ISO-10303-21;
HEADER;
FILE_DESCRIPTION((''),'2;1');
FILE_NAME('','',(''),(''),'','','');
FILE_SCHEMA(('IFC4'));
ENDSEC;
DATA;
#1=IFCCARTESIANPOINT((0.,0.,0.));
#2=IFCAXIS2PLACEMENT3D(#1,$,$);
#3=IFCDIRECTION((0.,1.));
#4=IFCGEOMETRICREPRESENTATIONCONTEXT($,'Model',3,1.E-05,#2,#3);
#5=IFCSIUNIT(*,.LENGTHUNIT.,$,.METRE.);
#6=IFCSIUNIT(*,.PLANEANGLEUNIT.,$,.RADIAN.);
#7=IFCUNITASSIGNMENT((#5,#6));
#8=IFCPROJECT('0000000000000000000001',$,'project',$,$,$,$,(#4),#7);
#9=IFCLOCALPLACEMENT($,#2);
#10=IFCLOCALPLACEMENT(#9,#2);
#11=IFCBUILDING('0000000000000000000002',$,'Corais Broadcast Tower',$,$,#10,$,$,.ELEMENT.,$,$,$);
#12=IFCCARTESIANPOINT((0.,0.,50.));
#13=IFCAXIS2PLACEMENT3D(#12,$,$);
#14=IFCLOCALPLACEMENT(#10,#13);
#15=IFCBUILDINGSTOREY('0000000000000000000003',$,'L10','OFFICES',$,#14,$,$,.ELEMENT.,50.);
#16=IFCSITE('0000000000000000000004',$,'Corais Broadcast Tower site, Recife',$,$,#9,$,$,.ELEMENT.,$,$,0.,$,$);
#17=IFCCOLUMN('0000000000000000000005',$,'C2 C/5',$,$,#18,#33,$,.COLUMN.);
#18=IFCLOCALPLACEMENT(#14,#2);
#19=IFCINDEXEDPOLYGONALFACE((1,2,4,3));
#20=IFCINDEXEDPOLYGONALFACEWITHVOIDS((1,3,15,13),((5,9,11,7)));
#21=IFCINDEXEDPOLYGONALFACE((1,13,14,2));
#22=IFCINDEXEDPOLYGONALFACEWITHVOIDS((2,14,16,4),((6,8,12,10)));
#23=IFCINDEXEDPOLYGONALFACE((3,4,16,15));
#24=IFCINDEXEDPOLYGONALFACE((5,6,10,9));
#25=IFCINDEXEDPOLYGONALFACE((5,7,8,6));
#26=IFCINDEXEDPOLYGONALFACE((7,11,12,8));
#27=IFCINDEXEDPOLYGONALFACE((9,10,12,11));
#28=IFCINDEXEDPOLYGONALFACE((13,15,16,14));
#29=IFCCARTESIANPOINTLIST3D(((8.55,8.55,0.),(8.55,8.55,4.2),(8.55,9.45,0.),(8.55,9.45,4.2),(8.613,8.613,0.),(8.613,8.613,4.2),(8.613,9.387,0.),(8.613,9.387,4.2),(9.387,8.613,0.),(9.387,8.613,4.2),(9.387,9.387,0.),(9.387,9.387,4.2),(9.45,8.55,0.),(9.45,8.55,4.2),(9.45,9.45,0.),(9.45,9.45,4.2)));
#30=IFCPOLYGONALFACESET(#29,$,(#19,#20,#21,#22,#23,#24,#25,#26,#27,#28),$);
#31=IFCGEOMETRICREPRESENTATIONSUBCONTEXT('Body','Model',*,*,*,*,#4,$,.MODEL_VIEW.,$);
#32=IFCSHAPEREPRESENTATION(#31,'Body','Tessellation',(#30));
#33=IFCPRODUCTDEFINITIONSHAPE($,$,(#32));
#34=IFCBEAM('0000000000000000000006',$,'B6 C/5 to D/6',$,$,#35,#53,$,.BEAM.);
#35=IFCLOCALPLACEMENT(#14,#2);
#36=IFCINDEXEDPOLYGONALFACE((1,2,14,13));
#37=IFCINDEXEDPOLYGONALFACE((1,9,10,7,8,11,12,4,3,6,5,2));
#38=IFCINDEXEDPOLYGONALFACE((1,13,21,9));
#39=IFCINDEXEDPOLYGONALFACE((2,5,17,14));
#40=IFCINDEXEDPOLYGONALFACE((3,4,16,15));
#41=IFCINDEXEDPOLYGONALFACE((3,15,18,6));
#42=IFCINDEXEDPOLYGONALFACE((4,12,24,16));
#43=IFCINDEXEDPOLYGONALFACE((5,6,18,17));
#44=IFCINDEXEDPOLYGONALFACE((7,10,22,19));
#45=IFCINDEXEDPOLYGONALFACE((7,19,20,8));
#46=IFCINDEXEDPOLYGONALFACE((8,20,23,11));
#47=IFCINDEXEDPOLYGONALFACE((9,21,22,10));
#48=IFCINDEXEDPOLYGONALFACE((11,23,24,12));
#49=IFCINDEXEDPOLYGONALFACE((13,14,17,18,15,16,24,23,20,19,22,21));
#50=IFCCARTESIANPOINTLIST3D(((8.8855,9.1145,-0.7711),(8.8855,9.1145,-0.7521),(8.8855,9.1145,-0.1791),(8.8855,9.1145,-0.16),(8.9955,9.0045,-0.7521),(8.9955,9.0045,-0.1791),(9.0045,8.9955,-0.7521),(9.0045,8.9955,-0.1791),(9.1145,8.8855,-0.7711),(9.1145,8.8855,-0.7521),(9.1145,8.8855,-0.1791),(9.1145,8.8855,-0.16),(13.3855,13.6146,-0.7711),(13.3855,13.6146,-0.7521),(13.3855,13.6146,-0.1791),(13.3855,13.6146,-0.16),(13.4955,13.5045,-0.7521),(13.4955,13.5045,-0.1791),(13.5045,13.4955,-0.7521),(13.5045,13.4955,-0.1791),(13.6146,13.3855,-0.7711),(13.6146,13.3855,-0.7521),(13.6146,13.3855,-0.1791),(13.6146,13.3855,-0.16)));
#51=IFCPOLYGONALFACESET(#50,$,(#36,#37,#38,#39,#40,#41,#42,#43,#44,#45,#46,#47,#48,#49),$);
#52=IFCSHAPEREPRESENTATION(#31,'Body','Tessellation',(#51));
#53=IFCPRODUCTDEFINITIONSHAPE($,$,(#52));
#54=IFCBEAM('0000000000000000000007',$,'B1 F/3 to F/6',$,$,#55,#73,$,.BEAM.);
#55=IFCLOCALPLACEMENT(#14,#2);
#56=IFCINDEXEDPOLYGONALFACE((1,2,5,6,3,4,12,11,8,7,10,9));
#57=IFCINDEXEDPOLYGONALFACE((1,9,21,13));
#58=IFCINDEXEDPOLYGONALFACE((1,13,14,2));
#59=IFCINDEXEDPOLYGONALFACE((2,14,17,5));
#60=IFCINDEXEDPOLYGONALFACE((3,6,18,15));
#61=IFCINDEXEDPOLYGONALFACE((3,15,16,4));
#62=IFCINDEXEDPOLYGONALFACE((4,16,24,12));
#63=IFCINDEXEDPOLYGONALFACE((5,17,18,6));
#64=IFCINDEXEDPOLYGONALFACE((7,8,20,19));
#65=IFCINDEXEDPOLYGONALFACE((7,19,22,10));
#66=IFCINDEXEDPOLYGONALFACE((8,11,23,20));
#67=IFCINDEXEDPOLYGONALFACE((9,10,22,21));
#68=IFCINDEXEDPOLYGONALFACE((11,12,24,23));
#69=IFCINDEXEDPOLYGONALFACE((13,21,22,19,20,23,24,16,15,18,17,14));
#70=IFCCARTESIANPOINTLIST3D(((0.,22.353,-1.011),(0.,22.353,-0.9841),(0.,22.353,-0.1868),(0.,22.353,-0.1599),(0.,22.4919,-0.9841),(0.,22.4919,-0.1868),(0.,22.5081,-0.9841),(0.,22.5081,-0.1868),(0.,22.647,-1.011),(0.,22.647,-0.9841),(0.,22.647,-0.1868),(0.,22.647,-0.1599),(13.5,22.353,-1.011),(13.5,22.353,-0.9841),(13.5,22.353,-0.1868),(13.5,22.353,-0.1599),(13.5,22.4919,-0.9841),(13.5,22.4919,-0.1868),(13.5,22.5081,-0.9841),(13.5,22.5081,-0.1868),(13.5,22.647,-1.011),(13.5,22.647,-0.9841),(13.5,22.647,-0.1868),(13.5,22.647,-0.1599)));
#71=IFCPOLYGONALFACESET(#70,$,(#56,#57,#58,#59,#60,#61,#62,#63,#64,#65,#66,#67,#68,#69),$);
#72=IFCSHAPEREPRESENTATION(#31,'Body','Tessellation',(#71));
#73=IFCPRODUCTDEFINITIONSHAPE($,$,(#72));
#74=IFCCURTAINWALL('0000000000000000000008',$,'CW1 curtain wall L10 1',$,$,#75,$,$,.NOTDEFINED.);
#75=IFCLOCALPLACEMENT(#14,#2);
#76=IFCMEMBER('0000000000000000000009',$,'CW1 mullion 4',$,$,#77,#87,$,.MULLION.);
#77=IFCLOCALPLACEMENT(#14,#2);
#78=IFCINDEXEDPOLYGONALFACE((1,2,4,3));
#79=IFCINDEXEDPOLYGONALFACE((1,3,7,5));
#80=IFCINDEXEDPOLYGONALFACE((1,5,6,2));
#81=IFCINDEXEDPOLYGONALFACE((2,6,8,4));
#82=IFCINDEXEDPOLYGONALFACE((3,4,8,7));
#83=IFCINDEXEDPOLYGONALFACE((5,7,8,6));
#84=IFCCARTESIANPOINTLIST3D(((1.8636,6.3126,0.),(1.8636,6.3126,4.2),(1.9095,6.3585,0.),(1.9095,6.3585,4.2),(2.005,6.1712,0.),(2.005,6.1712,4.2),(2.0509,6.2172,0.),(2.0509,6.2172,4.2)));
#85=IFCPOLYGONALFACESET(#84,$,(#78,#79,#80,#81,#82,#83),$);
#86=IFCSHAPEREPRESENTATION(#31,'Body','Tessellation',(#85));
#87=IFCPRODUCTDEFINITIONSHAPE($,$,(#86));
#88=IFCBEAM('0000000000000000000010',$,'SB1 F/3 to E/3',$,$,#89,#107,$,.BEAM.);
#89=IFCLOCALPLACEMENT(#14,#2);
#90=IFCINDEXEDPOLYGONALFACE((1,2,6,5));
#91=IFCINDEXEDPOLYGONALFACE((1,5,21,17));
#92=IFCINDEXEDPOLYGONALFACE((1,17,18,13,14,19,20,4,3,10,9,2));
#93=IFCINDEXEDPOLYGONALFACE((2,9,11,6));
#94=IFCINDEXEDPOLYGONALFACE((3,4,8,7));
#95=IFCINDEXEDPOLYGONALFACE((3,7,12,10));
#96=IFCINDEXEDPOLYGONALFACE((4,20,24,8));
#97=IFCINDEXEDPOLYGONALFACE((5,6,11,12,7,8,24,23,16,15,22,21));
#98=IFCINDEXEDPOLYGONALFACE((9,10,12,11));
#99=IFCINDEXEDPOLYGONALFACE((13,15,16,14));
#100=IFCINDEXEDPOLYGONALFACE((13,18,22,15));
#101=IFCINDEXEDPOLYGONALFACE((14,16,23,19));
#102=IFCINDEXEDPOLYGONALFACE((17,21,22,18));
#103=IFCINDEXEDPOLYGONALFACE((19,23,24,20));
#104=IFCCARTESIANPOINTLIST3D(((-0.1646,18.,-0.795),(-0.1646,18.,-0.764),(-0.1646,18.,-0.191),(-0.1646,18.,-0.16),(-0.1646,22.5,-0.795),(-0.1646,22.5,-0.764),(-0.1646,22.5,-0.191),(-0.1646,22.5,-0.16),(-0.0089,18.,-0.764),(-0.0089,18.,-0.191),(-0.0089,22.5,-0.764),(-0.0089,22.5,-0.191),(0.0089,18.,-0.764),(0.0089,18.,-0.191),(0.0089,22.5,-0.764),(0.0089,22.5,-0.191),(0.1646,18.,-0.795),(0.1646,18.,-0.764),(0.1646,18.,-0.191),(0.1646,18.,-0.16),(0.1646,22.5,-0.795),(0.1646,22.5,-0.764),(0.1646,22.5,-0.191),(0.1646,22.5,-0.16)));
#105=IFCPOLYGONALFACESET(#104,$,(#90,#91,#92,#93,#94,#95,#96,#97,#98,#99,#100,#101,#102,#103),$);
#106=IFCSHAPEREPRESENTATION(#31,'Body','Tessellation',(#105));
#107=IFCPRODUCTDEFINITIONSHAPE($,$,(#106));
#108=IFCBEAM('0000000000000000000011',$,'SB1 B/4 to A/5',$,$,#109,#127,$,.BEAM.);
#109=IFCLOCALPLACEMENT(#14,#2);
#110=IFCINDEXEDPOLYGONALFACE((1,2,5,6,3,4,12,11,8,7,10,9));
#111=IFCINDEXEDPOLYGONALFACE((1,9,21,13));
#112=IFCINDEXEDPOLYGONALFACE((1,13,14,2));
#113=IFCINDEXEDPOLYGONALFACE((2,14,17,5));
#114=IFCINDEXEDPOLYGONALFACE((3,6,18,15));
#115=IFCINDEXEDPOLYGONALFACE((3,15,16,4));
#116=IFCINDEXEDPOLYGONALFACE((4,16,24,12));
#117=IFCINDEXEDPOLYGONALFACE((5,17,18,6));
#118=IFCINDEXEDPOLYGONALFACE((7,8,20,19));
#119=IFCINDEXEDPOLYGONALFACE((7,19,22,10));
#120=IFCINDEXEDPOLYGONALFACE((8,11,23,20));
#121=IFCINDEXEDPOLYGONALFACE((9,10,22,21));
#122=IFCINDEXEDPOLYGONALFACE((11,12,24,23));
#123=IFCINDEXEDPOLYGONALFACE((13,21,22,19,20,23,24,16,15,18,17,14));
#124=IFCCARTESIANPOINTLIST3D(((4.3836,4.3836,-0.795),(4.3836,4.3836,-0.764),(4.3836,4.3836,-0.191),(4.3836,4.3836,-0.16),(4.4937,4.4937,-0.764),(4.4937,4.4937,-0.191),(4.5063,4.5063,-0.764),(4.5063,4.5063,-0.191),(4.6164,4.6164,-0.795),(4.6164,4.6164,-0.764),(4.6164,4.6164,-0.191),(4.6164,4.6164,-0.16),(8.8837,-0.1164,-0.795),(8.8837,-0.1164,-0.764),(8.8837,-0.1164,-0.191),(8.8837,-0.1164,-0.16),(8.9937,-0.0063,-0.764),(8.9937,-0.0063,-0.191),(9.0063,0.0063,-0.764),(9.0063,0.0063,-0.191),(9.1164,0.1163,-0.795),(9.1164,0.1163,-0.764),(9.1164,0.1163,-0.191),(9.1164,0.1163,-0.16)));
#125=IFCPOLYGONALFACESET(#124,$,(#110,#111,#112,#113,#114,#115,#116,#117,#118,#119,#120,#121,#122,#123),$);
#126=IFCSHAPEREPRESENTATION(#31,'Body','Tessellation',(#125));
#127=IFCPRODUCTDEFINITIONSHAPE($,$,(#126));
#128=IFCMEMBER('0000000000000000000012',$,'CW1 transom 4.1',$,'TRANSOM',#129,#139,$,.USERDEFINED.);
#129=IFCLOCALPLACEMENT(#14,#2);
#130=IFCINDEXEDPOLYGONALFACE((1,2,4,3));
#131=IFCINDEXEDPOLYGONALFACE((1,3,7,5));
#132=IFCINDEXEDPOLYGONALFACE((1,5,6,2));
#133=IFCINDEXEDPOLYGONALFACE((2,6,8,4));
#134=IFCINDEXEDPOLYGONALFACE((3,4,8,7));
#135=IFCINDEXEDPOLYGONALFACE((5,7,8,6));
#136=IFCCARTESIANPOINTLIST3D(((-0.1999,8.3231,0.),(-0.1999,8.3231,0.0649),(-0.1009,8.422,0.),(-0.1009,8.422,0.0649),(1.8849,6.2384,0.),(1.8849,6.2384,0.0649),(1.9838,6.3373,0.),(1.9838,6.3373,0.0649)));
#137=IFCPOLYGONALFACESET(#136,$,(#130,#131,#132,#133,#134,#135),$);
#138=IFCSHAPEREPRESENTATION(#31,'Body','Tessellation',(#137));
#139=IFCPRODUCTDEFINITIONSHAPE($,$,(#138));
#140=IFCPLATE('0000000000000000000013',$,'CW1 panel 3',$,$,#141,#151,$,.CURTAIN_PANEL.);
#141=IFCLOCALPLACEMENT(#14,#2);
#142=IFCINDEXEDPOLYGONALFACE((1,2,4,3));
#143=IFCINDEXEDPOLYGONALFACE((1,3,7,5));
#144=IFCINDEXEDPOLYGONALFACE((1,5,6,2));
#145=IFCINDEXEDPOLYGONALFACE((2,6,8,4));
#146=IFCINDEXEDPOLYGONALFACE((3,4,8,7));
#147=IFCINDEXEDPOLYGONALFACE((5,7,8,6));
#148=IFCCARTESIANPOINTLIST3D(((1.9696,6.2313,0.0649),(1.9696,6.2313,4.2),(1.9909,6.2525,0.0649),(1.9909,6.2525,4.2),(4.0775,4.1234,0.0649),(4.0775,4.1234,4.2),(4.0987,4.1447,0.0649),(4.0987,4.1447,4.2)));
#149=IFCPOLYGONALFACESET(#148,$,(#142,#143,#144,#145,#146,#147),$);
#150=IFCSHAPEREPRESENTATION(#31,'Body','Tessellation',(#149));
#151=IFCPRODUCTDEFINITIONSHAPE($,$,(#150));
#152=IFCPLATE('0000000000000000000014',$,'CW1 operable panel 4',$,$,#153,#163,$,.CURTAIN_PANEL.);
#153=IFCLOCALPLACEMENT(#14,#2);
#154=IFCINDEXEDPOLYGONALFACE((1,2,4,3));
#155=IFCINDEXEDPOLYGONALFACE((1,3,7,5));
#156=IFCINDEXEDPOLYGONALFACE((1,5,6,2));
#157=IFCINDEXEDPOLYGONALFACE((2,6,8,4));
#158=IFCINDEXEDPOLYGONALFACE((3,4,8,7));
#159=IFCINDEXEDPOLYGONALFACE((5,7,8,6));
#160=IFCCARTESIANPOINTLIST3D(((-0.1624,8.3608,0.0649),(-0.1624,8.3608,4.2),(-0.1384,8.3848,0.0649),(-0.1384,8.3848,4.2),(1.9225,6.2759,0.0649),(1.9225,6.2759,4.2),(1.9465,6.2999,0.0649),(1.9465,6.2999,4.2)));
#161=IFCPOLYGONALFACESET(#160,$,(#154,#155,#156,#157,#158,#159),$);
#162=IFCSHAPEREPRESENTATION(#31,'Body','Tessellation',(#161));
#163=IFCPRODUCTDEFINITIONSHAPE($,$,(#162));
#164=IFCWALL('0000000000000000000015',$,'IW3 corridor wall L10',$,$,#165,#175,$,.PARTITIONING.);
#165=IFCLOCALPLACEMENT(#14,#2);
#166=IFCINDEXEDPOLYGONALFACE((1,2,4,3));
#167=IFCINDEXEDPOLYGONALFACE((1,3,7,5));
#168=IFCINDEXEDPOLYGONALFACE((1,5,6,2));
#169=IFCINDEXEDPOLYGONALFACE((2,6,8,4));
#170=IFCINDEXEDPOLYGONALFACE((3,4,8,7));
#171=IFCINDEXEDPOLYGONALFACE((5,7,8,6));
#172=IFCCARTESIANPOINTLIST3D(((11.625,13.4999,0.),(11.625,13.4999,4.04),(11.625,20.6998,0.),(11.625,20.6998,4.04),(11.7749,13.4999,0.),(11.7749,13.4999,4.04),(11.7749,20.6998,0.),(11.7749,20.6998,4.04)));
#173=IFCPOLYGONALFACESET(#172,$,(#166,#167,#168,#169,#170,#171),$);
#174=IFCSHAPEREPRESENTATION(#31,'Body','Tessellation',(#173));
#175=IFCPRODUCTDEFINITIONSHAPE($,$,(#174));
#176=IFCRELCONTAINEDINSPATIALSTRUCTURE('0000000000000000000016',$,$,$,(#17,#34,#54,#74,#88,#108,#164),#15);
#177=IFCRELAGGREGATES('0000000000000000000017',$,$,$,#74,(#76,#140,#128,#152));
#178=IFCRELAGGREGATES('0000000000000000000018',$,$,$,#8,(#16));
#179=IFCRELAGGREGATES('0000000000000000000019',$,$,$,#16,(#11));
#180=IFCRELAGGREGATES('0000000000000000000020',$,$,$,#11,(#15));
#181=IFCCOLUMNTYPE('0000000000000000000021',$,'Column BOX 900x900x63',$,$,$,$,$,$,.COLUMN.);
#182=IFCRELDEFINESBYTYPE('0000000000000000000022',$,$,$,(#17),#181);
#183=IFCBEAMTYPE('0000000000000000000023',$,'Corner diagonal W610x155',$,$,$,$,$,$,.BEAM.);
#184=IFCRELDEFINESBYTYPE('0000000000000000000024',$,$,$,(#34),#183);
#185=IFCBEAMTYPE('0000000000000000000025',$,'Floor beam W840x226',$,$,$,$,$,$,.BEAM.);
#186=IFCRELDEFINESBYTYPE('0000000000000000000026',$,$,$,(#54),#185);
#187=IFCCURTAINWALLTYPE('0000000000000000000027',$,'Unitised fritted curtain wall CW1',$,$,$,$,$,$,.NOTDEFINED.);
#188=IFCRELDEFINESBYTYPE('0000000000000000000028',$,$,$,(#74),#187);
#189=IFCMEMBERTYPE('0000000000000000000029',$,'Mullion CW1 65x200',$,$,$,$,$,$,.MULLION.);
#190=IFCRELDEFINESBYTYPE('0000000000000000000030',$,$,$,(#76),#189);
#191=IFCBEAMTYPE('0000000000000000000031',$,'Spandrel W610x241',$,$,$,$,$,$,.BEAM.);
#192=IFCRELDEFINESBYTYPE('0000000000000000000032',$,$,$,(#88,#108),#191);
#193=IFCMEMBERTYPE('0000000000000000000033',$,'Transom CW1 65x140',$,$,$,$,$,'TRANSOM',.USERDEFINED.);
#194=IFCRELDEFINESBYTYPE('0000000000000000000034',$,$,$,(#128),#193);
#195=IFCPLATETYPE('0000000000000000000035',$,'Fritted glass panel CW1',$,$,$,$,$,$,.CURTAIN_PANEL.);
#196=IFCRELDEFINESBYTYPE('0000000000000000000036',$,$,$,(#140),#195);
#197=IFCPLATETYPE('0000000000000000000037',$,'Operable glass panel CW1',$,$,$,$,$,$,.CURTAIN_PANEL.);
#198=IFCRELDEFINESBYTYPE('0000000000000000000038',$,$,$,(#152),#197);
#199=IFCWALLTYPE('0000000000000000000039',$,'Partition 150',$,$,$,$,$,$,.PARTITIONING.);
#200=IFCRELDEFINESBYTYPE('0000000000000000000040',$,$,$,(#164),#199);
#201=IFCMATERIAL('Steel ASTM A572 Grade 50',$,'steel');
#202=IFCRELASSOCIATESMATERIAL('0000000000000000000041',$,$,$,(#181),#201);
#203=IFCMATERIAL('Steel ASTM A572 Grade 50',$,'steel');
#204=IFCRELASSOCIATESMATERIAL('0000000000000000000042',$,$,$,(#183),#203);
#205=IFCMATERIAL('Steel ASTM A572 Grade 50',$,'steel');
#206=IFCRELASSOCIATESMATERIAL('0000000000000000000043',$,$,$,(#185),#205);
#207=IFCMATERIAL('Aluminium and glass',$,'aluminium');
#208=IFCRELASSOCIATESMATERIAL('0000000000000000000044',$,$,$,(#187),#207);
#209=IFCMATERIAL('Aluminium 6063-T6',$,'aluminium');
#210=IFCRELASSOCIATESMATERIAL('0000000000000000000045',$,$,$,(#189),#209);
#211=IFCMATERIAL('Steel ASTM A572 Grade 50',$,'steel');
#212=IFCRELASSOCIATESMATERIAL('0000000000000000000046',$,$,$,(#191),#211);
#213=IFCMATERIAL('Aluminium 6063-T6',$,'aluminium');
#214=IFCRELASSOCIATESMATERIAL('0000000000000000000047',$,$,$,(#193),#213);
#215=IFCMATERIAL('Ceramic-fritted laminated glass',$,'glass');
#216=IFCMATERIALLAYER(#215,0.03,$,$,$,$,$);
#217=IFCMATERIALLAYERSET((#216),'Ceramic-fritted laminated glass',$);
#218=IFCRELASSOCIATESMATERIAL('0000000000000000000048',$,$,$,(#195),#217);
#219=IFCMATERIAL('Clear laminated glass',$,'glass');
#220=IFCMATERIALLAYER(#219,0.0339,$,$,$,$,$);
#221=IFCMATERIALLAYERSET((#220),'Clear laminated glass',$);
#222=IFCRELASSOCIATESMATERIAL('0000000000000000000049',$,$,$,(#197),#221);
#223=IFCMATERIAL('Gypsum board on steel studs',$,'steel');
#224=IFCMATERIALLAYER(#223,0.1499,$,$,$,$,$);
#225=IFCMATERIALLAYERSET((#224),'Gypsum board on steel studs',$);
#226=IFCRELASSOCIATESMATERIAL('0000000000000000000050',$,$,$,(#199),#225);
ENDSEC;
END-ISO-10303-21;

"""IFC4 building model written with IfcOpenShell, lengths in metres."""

from ifc_helpers import new_model, si_unit, direction, frame, frame_2d, origin, origin_2d, place, context, subcontext, project, spatial, rectangle, hollow_rectangle, i_section, extrude, material, layer, layer_set, material_profile, profile_set, type_object, element, aggregate, save


model = new_model("IFC4")

# Units and contexts
model_context = context("Model", 3, precision=1e-05, world=origin(), true_north=direction((0.0, 1.0)))
body_context = subcontext(model_context, "Body", "Model", "MODEL_VIEW")
ifc_project = project(units=[si_unit("LENGTHUNIT", "METRE"), si_unit("PLANEANGLEUNIT", "RADIAN")], contexts=[model_context])

# Site, building, storey
site_placement = place(None, origin())
site = spatial("IfcSite", under=ifc_project, at=site_placement, Name="Corais Broadcast Tower site, Recife", CompositionType="ELEMENT", RefElevation=0.0)
building_placement = place(site_placement, origin())
building = spatial("IfcBuilding", under=site, at=building_placement, Name="Corais Broadcast Tower", CompositionType="ELEMENT")
storey_placement = place(building_placement, frame((0.0, 0.0, 50.0)))
storey = spatial("IfcBuildingStorey", under=building, at=storey_placement, Name="L10", Description="OFFICES", CompositionType="ELEMENT", Elevation=50.0)

# Column
ifc_material_1 = material(Name="Steel ASTM A572 Grade 50", Category="steel")
ifc_material_profile_1 = material_profile(ifc_material_1, hollow_rectangle(XDim=0.8999, YDim=0.8999, WallThickness=0.063, at=origin_2d()), Name="BOX 900x900x63")
ifc_profile_set_1 = profile_set([ifc_material_profile_1], Name="Steel ASTM A572 Grade 50")
column_type = type_object("IfcColumnType", Name="Column BOX 900x900x63", PredefinedType="COLUMN", material=ifc_profile_set_1)
column_placement = place(storey_placement, frame((9.0, 9.0, 0.0), z_axis=(0.0, 0.0, 1.0), x_axis=(1.0, 0.0, 0.0)))
element("IfcColumn", 1, at=column_placement, inside=storey, type_object=column_type, Name="C2 C/5", PredefinedType="COLUMN", context=body_context, shape_type="SweptSolid", body=[
    extrude(hollow_rectangle(XDim=0.8999, YDim=0.8999, WallThickness=0.063, at=origin_2d()), origin(), (0.0, 0.0, 1.0), 4.2),
])

# Beams
ifc_material_2 = material(Name="Steel ASTM A572 Grade 50", Category="steel")
ifc_material_profile_2 = material_profile(ifc_material_2, i_section(OverallWidth=0.324, OverallDepth=0.6111, WebThickness=0.0127, FlangeThickness=0.019, at=origin_2d()), Name="W610x155")
ifc_profile_set_2 = profile_set([ifc_material_profile_2], Name="Steel ASTM A572 Grade 50")
beam_type_1 = type_object("IfcBeamType", Name="Corner diagonal W610x155", PredefinedType="BEAM", material=ifc_profile_set_2)
beam_1_placement = place(storey_placement, frame((9.0, 9.0, -0.4656), z_axis=(0.707107, 0.707107, 0.0), x_axis=(-0.707107, 0.707107, 0.0)))
element("IfcBeam", 2, at=beam_1_placement, inside=storey, type_object=beam_type_1, Name="B6 C/5 to D/6", PredefinedType="BEAM", context=body_context, shape_type="SweptSolid", body=[
    extrude(i_section(OverallWidth=0.324, OverallDepth=0.6111, WebThickness=0.0127, FlangeThickness=0.019, at=origin_2d()), origin(), (0.0, 0.0, 1.0), 6.364),
])
ifc_material_3 = material(Name="Steel ASTM A572 Grade 50", Category="steel")
ifc_material_profile_3 = material_profile(ifc_material_3, i_section(OverallWidth=0.2939, OverallDepth=0.8511, WebThickness=0.0161, FlangeThickness=0.0269, at=origin_2d()), Name="W840x226")
ifc_profile_set_3 = profile_set([ifc_material_profile_3], Name="Steel ASTM A572 Grade 50")
beam_type_2 = type_object("IfcBeamType", Name="Floor beam W840x226", PredefinedType="BEAM", material=ifc_profile_set_3)
beam_2_placement = place(storey_placement, frame((0.0, 22.5, -0.5854), z_axis=(1.0, 0.0, 0.0), x_axis=(0.0, 1.0, 0.0)))
element("IfcBeam", 3, at=beam_2_placement, inside=storey, type_object=beam_type_2, Name="B1 F/3 to F/6", PredefinedType="BEAM", context=body_context, shape_type="SweptSolid", body=[
    extrude(i_section(OverallWidth=0.2939, OverallDepth=0.8511, WebThickness=0.0161, FlangeThickness=0.0269, at=origin_2d()), origin(), (0.0, 0.0, 1.0), 13.5),
])

# Curtain wall, member
ifc_material_4 = material(Name="Aluminium and glass", Category="aluminium")
curtain_wall_type = type_object("IfcCurtainWallType", Name="Unitised fritted curtain wall CW1", PredefinedType="NOTDEFINED", material=ifc_material_4)
curtain_wall_placement = place(storey_placement, origin())
curtain_wall = element("IfcCurtainWall", 4, at=curtain_wall_placement, inside=storey, type_object=curtain_wall_type, Name="CW1 curtain wall L10 1", PredefinedType="NOTDEFINED")
ifc_material_5 = material(Name="Aluminium 6063-T6", Category="aluminium")
ifc_material_profile_4 = material_profile(ifc_material_5, rectangle(XDim=0.0649, YDim=0.2, at=origin_2d()), Name="Mullion CW1 65x200")
ifc_profile_set_4 = profile_set([ifc_material_profile_4], Name="Aluminium 6063-T6")
member_type_1 = type_object("IfcMemberType", Name="Mullion CW1 65x200", PredefinedType="MULLION", material=ifc_profile_set_4)
member_1_placement = place(storey_placement, frame((1.9573, 6.2649, 0.0), z_axis=(0.0, 0.0, 1.0), x_axis=(-0.707107, -0.707107, 0.0)))
member_1 = element("IfcMember", 5, at=member_1_placement, type_object=member_type_1, Name="CW1 mullion 4", PredefinedType="MULLION", context=body_context, shape_type="SweptSolid", body=[
    extrude(rectangle(XDim=0.0649, YDim=0.2, at=origin_2d()), origin(), (0.0, 0.0, 1.0), 4.2),
])

# Beams
ifc_material_6 = material(Name="Steel ASTM A572 Grade 50", Category="steel")
ifc_material_profile_5 = material_profile(ifc_material_6, i_section(OverallWidth=0.3291, OverallDepth=0.635, WebThickness=0.0178, FlangeThickness=0.031, at=origin_2d()), Name="W610x241")
ifc_profile_set_5 = profile_set([ifc_material_profile_5], Name="Steel ASTM A572 Grade 50")
beam_type_3 = type_object("IfcBeamType", Name="Spandrel W610x241", PredefinedType="BEAM", material=ifc_profile_set_5)
beam_3_placement = place(storey_placement, frame((0.0, 22.5, -0.4775), z_axis=(0.0, -1.0, 0.0), x_axis=(1.0, 0.0, 0.0)))
element("IfcBeam", 6, at=beam_3_placement, inside=storey, type_object=beam_type_3, Name="SB1 F/3 to E/3", PredefinedType="BEAM", context=body_context, shape_type="SweptSolid", body=[
    extrude(i_section(OverallWidth=0.3291, OverallDepth=0.635, WebThickness=0.0178, FlangeThickness=0.031, at=origin_2d()), origin(), (0.0, 0.0, 1.0), 4.5),
])
beam_4_placement = place(storey_placement, frame((4.5, 4.5, -0.4775), z_axis=(0.707107, -0.707107, 0.0), x_axis=(0.707107, 0.707107, 0.0)))
element("IfcBeam", 7, at=beam_4_placement, inside=storey, type_object=beam_type_3, Name="SB1 B/4 to A/5", PredefinedType="BEAM", context=body_context, shape_type="SweptSolid", body=[
    extrude(i_section(OverallWidth=0.3291, OverallDepth=0.635, WebThickness=0.0178, FlangeThickness=0.031, at=origin_2d()), origin(), (0.0, 0.0, 1.0), 6.364),
])

# Member
ifc_material_7 = material(Name="Aluminium 6063-T6", Category="aluminium")
ifc_material_profile_6 = material_profile(ifc_material_7, rectangle(XDim=0.1399, YDim=0.0649, at=origin_2d()), Name="Transom CW1 65x140")
ifc_profile_set_6 = profile_set([ifc_material_profile_6], Name="Aluminium 6063-T6")
member_type_2 = type_object("IfcMemberType", Name="Transom CW1 65x140", ElementType="TRANSOM", PredefinedType="USERDEFINED", material=ifc_profile_set_6)
member_2_placement = place(storey_placement, frame((1.9343, 6.2878, 0.0325), z_axis=(-0.707107, 0.707107, 0.0), x_axis=(-0.707107, -0.707107, 0.0)))
member_2 = element("IfcMember", 8, at=member_2_placement, type_object=member_type_2, Name="CW1 transom 4.1", ObjectType="TRANSOM", PredefinedType="USERDEFINED", context=body_context, shape_type="SweptSolid", body=[
    extrude(rectangle(XDim=0.1399, YDim=0.0649, at=origin_2d()), origin(), (0.0, 0.0, 1.0), 2.9482),
])

# Plates
ifc_material_8 = material(Name="Ceramic-fritted laminated glass", Category="glass")
ifc_layer_1 = layer(ifc_material_8, 0.03)
ifc_layer_set_1 = layer_set([ifc_layer_1], Name="Ceramic-fritted laminated glass")
plate_type_1 = type_object("IfcPlateType", Name="Fritted glass panel CW1", PredefinedType="CURTAIN_PANEL", material=ifc_layer_set_1)
plate_1_placement = place(storey_placement, frame((3.0342, 5.188, 0.0649), z_axis=(0.0, 0.0, 1.0), x_axis=(-0.707107, 0.707107, 0.0)))
plate_1 = element("IfcPlate", 9, at=plate_1_placement, type_object=plate_type_1, Name="CW1 panel 3", PredefinedType="CURTAIN_PANEL", context=body_context, shape_type="SweptSolid", body=[
    extrude(rectangle(XDim=2.981, YDim=0.03, at=origin_2d()), origin(), (0.0, 0.0, 1.0), 4.135),
])
ifc_material_9 = material(Name="Clear laminated glass", Category="glass")
ifc_layer_2 = layer(ifc_material_9, 0.0339)
ifc_layer_set_2 = layer_set([ifc_layer_2], Name="Clear laminated glass")
plate_type_2 = type_object("IfcPlateType", Name="Operable glass panel CW1", PredefinedType="CURTAIN_PANEL", material=ifc_layer_set_2)
plate_2_placement = place(storey_placement, frame((0.8921, 7.3303, 0.0649), z_axis=(0.0, 0.0, 1.0), x_axis=(-0.707107, 0.707107, 0.0)))
plate_2 = element("IfcPlate", 10, at=plate_2_placement, type_object=plate_type_2, Name="CW1 operable panel 4", PredefinedType="CURTAIN_PANEL", context=body_context, shape_type="SweptSolid", body=[
    extrude(rectangle(XDim=2.9485, YDim=0.0339, at=origin_2d()), origin(), (0.0, 0.0, 1.0), 4.135),
])
aggregate(curtain_wall, [member_1, plate_1, member_2, plate_2])

# Wall
ifc_material_10 = material(Name="Gypsum board on steel studs", Category="steel")
ifc_layer_3 = layer(ifc_material_10, 0.1499)
ifc_layer_set_3 = layer_set([ifc_layer_3], Name="Gypsum board on steel studs")
wall_type = type_object("IfcWallType", Name="Partition 150", PredefinedType="PARTITIONING", material=ifc_layer_set_3)
wall_1_placement = place(storey_placement, frame((11.7, 20.7, 0.0), z_axis=(0.0, 0.0, 1.0), x_axis=(0.0, -1.0, 0.0)))
element("IfcWall", 11, at=wall_1_placement, inside=storey, type_object=wall_type, Name="IW3 corridor wall L10", PredefinedType="PARTITIONING", context=body_context, shape_type="SweptSolid", body=[
    extrude(rectangle(XDim=7.2, YDim=0.1499, at=frame_2d((3.6001, 0.0))), origin(), (0.0, 0.0, 1.0), 4.04),
])

save(model, "model.ifc")
